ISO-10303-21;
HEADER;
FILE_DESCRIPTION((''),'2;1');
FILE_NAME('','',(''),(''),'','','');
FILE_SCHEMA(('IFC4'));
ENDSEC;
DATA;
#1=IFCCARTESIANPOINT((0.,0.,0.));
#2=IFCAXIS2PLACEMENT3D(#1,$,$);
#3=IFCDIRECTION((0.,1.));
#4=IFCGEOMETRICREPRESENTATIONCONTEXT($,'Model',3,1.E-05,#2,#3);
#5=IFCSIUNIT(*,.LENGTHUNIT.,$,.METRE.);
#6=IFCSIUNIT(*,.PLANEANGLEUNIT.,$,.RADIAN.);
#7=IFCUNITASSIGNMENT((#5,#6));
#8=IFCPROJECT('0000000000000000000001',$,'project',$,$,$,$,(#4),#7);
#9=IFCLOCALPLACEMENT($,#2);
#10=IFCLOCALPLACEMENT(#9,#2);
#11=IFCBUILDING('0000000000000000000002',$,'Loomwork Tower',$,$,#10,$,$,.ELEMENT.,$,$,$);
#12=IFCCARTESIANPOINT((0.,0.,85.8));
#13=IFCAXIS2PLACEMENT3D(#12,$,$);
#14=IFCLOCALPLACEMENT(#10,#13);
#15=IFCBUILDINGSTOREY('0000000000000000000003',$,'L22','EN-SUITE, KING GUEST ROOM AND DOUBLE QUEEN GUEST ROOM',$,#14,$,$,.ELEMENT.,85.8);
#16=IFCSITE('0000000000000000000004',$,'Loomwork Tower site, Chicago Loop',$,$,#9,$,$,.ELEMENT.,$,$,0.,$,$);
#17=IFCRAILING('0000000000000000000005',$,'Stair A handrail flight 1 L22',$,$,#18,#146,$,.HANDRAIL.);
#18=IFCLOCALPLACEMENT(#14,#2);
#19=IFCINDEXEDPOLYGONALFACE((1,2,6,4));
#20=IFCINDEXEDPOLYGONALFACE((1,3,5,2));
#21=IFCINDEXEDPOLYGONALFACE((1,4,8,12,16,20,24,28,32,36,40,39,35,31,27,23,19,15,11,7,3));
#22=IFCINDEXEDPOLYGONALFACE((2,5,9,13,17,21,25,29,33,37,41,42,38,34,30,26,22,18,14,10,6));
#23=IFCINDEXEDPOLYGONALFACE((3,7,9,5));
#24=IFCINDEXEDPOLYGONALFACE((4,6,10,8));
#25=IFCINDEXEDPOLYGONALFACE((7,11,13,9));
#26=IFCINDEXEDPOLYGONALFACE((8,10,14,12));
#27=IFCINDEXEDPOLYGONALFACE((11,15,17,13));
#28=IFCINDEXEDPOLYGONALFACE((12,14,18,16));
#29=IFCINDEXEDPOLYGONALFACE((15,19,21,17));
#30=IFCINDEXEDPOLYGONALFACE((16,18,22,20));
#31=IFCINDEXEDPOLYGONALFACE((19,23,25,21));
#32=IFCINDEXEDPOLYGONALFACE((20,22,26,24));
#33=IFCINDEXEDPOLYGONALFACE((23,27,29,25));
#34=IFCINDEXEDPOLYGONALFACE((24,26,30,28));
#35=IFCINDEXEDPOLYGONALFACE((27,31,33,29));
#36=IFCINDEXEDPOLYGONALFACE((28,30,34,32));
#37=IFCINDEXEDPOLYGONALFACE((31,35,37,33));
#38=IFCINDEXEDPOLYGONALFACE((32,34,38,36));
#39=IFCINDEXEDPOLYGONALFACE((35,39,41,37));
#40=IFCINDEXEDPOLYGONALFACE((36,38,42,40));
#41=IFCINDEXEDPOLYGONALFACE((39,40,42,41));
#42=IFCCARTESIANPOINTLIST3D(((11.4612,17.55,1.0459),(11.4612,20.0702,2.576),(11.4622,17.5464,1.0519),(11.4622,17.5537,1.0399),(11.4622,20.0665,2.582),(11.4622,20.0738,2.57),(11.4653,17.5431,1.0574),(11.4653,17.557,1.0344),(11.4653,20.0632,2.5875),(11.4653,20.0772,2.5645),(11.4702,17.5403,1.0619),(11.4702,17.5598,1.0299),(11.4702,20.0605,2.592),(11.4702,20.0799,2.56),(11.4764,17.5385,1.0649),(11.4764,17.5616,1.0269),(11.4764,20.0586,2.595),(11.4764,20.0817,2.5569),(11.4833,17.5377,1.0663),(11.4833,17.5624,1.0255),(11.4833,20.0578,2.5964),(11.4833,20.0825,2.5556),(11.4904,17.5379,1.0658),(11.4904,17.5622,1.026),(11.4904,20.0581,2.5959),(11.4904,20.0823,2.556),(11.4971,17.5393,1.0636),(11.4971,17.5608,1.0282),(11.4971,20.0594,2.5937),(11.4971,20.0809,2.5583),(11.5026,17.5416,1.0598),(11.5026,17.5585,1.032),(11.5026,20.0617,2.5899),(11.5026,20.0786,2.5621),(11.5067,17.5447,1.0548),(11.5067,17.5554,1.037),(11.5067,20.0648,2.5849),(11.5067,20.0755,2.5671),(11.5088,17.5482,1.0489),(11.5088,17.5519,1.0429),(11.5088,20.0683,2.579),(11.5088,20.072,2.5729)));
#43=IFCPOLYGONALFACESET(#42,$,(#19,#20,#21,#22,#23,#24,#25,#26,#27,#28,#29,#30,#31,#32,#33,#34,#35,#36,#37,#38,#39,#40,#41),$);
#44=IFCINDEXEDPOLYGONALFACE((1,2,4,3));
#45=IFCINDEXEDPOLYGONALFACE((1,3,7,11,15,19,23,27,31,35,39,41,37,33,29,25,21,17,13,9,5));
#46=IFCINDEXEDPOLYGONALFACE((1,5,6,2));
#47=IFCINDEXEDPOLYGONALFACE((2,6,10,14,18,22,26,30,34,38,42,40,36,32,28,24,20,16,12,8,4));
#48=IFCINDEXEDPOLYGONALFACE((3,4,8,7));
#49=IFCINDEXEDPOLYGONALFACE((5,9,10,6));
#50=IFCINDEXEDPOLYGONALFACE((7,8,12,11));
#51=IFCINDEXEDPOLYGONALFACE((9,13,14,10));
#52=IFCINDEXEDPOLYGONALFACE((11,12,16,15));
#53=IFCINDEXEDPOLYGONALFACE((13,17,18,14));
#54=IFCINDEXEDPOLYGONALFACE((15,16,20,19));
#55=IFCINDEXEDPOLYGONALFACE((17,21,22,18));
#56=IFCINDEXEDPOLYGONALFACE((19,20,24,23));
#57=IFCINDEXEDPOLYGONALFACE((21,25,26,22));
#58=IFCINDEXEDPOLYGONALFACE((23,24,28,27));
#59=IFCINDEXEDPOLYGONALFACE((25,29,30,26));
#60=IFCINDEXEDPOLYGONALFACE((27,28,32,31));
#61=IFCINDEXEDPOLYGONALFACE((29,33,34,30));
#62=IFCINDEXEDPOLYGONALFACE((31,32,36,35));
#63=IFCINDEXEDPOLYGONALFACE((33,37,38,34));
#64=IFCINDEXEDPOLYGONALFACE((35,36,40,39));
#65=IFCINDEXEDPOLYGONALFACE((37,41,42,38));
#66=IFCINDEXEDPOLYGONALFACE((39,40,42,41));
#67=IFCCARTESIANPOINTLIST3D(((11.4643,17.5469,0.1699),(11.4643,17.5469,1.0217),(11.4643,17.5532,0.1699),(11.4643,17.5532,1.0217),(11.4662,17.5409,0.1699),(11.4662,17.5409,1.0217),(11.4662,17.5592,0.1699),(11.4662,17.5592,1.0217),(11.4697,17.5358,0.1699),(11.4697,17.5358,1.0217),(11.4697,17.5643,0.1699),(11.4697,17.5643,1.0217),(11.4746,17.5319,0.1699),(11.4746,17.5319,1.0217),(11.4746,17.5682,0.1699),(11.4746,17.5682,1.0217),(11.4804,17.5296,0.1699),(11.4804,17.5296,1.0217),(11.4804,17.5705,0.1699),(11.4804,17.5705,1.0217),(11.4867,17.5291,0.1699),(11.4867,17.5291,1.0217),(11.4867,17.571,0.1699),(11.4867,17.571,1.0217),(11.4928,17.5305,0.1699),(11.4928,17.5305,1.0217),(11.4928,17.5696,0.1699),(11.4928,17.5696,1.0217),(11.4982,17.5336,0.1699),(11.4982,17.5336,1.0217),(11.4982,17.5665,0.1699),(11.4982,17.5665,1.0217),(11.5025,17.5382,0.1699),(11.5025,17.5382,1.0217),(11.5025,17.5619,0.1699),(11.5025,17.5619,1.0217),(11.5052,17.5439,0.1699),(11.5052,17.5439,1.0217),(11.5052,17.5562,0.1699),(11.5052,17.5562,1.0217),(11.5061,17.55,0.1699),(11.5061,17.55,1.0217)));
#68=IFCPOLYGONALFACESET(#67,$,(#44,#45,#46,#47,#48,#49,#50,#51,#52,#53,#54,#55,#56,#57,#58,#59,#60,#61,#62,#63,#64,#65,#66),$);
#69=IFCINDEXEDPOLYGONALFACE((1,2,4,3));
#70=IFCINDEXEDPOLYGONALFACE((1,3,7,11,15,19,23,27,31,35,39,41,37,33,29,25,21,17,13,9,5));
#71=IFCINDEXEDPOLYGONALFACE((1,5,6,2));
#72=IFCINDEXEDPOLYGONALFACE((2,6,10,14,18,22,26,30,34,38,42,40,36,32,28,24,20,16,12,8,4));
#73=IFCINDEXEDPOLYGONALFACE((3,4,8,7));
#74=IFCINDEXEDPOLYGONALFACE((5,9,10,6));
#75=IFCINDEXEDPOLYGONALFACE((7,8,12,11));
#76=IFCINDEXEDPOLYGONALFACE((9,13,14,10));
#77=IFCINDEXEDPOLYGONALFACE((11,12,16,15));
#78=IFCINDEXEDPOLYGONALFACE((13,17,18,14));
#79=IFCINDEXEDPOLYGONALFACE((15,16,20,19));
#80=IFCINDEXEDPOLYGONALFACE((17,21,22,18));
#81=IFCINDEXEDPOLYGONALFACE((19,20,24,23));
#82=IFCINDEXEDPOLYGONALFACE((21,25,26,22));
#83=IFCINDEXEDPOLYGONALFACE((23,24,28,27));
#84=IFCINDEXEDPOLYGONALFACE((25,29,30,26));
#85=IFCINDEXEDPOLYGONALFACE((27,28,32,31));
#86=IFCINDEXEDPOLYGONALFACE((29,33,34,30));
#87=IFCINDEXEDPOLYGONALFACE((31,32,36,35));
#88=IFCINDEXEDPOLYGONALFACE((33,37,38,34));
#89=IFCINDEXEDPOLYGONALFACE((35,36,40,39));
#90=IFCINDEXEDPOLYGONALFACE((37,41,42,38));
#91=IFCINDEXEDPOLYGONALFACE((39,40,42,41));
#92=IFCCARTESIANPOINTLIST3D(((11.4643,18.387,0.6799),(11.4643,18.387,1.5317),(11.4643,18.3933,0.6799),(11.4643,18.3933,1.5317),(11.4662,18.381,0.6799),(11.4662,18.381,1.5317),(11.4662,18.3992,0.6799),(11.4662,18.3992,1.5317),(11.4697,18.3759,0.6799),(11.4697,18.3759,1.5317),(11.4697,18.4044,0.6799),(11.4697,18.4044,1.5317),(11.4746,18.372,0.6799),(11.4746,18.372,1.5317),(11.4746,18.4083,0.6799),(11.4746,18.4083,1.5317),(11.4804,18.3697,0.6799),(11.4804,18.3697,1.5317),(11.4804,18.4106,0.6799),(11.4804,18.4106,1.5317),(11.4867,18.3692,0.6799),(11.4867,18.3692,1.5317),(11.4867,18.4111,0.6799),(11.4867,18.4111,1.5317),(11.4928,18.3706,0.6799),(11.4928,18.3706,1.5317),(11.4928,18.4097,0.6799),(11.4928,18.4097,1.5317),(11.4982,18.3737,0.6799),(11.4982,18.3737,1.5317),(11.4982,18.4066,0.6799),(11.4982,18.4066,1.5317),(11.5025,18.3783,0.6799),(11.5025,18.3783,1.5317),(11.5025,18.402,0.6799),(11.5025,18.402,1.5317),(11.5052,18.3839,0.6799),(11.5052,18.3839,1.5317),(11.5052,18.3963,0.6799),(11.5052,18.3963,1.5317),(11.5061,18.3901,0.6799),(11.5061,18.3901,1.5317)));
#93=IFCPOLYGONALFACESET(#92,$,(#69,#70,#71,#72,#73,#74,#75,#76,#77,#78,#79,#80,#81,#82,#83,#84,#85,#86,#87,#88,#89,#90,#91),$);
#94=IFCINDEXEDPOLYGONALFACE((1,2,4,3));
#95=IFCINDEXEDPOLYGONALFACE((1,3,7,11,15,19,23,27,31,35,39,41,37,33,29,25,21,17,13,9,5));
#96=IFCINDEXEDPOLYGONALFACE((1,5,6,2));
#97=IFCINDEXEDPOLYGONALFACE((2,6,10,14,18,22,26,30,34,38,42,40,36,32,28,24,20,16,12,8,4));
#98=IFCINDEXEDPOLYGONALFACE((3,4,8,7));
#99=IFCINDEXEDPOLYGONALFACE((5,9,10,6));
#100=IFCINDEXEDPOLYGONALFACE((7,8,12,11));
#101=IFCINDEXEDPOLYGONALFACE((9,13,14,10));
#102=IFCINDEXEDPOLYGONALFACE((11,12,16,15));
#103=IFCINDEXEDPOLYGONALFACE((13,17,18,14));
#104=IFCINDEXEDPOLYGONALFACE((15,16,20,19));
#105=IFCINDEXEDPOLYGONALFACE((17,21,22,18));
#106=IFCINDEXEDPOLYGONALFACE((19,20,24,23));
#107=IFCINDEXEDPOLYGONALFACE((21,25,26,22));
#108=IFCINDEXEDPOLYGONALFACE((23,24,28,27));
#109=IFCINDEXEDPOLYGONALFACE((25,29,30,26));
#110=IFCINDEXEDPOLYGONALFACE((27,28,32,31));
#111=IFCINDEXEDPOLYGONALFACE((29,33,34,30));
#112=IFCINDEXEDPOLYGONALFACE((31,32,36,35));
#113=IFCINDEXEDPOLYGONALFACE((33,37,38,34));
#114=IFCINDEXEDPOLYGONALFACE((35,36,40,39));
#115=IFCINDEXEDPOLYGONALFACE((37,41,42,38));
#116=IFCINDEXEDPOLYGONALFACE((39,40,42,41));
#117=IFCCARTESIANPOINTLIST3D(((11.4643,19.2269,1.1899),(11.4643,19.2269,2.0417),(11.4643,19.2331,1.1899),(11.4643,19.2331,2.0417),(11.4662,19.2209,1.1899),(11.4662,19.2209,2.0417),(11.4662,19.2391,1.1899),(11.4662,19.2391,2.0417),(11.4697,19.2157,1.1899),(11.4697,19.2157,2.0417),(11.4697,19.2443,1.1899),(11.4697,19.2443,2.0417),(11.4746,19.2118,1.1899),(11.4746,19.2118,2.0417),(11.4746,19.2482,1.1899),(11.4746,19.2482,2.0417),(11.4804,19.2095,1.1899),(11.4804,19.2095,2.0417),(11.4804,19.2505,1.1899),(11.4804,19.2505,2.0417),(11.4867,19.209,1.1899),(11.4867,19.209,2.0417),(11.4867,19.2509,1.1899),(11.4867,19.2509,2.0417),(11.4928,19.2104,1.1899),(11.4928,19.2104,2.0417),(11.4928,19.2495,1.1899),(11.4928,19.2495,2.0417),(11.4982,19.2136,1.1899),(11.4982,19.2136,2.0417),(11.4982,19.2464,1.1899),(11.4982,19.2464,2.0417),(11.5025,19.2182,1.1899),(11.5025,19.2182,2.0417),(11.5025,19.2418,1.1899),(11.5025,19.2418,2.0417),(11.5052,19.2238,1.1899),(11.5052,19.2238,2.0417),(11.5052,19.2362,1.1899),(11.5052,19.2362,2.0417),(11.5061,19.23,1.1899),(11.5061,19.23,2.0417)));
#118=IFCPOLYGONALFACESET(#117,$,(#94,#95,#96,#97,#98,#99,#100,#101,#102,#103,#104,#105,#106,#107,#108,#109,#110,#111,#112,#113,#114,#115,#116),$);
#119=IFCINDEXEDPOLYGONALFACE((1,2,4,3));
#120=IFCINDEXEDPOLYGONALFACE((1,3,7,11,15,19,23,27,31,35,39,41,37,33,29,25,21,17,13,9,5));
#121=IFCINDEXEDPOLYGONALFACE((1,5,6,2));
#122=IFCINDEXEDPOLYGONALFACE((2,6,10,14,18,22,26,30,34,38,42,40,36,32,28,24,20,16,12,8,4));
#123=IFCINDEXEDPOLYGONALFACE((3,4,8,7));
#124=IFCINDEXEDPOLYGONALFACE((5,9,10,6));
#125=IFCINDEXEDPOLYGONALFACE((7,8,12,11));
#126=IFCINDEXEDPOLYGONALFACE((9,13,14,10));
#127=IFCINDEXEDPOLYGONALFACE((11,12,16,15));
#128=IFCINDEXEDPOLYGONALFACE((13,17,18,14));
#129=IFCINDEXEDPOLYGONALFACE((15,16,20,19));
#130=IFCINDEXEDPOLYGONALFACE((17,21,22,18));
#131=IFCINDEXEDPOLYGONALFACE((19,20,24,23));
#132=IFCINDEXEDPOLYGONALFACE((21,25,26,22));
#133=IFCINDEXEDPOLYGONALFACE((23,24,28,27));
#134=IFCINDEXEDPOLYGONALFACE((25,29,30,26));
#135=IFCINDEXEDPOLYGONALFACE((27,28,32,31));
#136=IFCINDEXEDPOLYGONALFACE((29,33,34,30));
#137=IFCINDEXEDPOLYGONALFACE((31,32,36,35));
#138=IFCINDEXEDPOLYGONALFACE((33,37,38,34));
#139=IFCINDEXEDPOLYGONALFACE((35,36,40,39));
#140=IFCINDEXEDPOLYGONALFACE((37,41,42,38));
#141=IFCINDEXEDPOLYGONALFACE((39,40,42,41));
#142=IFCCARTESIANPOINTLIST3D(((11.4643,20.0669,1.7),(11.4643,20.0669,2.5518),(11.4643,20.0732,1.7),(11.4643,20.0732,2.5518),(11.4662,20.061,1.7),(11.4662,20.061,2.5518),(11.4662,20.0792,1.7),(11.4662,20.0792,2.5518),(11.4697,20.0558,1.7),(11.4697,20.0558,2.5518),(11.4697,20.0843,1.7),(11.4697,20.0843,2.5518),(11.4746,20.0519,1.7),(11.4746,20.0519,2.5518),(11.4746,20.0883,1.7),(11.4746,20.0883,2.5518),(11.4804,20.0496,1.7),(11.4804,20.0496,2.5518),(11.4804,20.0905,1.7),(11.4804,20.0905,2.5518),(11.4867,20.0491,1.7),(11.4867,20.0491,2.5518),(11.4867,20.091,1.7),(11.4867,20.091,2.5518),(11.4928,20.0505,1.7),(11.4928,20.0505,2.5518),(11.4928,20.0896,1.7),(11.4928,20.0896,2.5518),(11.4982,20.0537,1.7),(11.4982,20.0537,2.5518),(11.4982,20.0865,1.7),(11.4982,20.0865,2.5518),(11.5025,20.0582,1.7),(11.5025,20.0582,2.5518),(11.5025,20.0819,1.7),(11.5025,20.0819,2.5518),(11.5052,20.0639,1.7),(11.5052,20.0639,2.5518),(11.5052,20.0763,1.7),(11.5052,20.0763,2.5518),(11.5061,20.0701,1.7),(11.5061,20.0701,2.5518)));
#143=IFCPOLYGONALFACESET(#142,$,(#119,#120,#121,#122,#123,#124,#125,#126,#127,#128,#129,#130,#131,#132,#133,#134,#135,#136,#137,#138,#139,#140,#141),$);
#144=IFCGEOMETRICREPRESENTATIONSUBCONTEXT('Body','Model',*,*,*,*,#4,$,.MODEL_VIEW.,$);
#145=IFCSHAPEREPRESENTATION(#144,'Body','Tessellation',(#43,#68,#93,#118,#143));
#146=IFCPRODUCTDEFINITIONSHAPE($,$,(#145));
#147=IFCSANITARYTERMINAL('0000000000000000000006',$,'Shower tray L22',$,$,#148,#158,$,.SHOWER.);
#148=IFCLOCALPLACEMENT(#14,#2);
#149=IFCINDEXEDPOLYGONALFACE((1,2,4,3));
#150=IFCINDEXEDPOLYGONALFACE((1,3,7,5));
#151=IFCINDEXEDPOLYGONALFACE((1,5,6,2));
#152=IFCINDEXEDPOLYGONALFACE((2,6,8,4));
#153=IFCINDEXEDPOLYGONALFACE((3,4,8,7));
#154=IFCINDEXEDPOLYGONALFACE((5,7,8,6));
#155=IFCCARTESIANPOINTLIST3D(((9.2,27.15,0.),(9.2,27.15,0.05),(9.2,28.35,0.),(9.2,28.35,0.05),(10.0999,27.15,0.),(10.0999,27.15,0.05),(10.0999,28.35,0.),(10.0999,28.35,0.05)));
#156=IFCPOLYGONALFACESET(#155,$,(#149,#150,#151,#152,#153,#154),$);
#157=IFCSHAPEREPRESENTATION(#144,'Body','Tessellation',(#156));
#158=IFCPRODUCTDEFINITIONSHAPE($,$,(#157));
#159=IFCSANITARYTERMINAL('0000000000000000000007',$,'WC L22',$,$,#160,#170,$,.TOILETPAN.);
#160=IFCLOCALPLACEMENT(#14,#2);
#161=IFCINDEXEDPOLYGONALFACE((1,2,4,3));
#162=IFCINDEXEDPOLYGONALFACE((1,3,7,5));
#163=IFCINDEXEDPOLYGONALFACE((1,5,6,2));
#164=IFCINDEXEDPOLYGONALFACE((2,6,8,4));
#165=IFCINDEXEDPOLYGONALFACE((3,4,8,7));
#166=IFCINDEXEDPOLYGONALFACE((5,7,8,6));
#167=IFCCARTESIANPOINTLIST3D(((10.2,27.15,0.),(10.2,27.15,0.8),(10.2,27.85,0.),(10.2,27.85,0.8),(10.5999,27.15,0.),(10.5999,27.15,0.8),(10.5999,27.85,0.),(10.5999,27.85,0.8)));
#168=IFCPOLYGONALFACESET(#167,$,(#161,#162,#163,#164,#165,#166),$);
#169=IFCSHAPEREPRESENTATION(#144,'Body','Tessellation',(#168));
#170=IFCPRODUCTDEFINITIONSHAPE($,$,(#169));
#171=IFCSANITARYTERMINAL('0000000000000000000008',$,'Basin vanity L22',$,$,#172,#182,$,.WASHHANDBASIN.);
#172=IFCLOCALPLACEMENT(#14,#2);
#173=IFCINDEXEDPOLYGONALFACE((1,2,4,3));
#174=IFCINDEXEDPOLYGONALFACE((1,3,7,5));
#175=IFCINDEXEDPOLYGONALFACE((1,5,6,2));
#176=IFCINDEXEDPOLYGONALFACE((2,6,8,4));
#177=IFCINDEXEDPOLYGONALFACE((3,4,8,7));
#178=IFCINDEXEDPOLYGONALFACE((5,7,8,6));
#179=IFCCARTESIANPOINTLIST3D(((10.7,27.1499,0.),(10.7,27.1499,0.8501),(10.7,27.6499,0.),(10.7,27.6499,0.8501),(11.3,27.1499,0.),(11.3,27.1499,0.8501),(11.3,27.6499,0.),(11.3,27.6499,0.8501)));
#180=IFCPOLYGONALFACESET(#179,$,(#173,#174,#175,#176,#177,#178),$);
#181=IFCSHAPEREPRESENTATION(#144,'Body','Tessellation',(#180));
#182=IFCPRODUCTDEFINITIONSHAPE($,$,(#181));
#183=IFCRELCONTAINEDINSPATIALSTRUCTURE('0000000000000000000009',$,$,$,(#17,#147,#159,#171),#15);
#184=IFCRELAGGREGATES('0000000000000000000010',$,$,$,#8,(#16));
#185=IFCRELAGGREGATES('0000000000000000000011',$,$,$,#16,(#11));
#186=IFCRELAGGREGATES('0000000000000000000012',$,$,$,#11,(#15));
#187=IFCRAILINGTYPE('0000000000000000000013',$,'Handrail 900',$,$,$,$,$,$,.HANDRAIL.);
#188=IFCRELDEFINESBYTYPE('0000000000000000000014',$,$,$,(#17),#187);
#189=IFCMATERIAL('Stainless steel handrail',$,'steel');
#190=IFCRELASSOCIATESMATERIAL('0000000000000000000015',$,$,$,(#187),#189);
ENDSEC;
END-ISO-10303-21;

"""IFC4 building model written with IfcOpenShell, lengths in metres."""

from ifc_helpers import new_model, si_unit, direction, frame, origin, origin_2d, place, context, subcontext, project, spatial, rectangle, circle, extrude, material, type_object, element, save


model = new_model("IFC4")

# Units and contexts
model_context = context("Model", 3, precision=1e-05, world=origin(), true_north=direction((0.0, 1.0)))
body_context = subcontext(model_context, "Body", "Model", "MODEL_VIEW")
ifc_project = project(units=[si_unit("LENGTHUNIT", "METRE"), si_unit("PLANEANGLEUNIT", "RADIAN")], contexts=[model_context])

# Site, building, storey
site_placement = place(None, origin())
site = spatial("IfcSite", under=ifc_project, at=site_placement, Name="Loomwork Tower site, Chicago Loop", CompositionType="ELEMENT", RefElevation=0.0)
building_placement = place(site_placement, origin())
building = spatial("IfcBuilding", under=site, at=building_placement, Name="Loomwork Tower", CompositionType="ELEMENT")
storey_placement = place(building_placement, frame((0.0, 0.0, 85.8)))
storey = spatial("IfcBuildingStorey", under=building, at=storey_placement, Name="L22", Description="EN-SUITE, KING GUEST ROOM AND DOUBLE QUEEN GUEST ROOM", CompositionType="ELEMENT", Elevation=85.8)

# Railing
ifc_material_1 = material(Name="Stainless steel handrail", Category="steel")
railing_type = type_object("IfcRailingType", Name="Handrail 900", PredefinedType="HANDRAIL", material=ifc_material_1)
railing_placement = place(storey_placement, frame((11.4851, 17.55, 0.1699)))
element("IfcRailing", 1, at=railing_placement, inside=storey, type_object=railing_type, Name="Stair A handrail flight 1 L22", PredefinedType="HANDRAIL", context=body_context, shape_type="SweptSolid", body=[
    extrude(circle(Radius=0.0239, at=origin_2d()), frame((0.0, 0.0, 0.876), z_axis=(0.0, 0.854785, 0.518982), x_axis=(-1.0, 0.0, 0.0)), (0.0, 0.0, 1.0), 2.9482),
    extrude(circle(Radius=0.021, at=origin_2d()), origin(), (0.0, 0.0, 1.0), 0.8518),
    extrude(circle(Radius=0.021, at=origin_2d()), frame((0.0, 0.8401, 0.51)), (0.0, 0.0, 1.0), 0.8518),
    extrude(circle(Radius=0.021, at=origin_2d()), frame((0.0, 1.6799, 1.02)), (0.0, 0.0, 1.0), 0.8518),
    extrude(circle(Radius=0.021, at=origin_2d()), frame((0.0, 2.52, 1.53)), (0.0, 0.0, 1.0), 0.8518),
])

# Sanitary terminals
sanitary_terminal_1_placement = place(storey_placement, frame((9.6499, 27.75, 0.0), z_axis=(0.0, 0.0, 1.0), x_axis=(1.0, 0.0, 0.0)))
element("IfcSanitaryTerminal", 2, at=sanitary_terminal_1_placement, inside=storey, Name="Shower tray L22", PredefinedType="SHOWER", context=body_context, shape_type="SweptSolid", body=[
    extrude(rectangle(XDim=0.8999, YDim=1.2, at=origin_2d()), origin(), (0.0, 0.0, 1.0), 0.05),
])
sanitary_terminal_2_placement = place(storey_placement, frame((10.3999, 27.5, 0.0), z_axis=(0.0, 0.0, 1.0), x_axis=(1.0, 0.0, 0.0)))
element("IfcSanitaryTerminal", 3, at=sanitary_terminal_2_placement, inside=storey, Name="WC L22", PredefinedType="TOILETPAN", context=body_context, shape_type="SweptSolid", body=[
    extrude(rectangle(XDim=0.3999, YDim=0.7, at=origin_2d()), origin(), (0.0, 0.0, 1.0), 0.8),
])
sanitary_terminal_3_placement = place(storey_placement, frame((11.0, 27.3999, 0.0), z_axis=(0.0, 0.0, 1.0), x_axis=(1.0, 0.0, 0.0)))
element("IfcSanitaryTerminal", 4, at=sanitary_terminal_3_placement, inside=storey, Name="Basin vanity L22", PredefinedType="WASHHANDBASIN", context=body_context, shape_type="SweptSolid", body=[
    extrude(rectangle(XDim=0.6001, YDim=0.5, at=origin_2d()), origin(), (0.0, 0.0, 1.0), 0.8501),
])

save(model, "model.ifc")
